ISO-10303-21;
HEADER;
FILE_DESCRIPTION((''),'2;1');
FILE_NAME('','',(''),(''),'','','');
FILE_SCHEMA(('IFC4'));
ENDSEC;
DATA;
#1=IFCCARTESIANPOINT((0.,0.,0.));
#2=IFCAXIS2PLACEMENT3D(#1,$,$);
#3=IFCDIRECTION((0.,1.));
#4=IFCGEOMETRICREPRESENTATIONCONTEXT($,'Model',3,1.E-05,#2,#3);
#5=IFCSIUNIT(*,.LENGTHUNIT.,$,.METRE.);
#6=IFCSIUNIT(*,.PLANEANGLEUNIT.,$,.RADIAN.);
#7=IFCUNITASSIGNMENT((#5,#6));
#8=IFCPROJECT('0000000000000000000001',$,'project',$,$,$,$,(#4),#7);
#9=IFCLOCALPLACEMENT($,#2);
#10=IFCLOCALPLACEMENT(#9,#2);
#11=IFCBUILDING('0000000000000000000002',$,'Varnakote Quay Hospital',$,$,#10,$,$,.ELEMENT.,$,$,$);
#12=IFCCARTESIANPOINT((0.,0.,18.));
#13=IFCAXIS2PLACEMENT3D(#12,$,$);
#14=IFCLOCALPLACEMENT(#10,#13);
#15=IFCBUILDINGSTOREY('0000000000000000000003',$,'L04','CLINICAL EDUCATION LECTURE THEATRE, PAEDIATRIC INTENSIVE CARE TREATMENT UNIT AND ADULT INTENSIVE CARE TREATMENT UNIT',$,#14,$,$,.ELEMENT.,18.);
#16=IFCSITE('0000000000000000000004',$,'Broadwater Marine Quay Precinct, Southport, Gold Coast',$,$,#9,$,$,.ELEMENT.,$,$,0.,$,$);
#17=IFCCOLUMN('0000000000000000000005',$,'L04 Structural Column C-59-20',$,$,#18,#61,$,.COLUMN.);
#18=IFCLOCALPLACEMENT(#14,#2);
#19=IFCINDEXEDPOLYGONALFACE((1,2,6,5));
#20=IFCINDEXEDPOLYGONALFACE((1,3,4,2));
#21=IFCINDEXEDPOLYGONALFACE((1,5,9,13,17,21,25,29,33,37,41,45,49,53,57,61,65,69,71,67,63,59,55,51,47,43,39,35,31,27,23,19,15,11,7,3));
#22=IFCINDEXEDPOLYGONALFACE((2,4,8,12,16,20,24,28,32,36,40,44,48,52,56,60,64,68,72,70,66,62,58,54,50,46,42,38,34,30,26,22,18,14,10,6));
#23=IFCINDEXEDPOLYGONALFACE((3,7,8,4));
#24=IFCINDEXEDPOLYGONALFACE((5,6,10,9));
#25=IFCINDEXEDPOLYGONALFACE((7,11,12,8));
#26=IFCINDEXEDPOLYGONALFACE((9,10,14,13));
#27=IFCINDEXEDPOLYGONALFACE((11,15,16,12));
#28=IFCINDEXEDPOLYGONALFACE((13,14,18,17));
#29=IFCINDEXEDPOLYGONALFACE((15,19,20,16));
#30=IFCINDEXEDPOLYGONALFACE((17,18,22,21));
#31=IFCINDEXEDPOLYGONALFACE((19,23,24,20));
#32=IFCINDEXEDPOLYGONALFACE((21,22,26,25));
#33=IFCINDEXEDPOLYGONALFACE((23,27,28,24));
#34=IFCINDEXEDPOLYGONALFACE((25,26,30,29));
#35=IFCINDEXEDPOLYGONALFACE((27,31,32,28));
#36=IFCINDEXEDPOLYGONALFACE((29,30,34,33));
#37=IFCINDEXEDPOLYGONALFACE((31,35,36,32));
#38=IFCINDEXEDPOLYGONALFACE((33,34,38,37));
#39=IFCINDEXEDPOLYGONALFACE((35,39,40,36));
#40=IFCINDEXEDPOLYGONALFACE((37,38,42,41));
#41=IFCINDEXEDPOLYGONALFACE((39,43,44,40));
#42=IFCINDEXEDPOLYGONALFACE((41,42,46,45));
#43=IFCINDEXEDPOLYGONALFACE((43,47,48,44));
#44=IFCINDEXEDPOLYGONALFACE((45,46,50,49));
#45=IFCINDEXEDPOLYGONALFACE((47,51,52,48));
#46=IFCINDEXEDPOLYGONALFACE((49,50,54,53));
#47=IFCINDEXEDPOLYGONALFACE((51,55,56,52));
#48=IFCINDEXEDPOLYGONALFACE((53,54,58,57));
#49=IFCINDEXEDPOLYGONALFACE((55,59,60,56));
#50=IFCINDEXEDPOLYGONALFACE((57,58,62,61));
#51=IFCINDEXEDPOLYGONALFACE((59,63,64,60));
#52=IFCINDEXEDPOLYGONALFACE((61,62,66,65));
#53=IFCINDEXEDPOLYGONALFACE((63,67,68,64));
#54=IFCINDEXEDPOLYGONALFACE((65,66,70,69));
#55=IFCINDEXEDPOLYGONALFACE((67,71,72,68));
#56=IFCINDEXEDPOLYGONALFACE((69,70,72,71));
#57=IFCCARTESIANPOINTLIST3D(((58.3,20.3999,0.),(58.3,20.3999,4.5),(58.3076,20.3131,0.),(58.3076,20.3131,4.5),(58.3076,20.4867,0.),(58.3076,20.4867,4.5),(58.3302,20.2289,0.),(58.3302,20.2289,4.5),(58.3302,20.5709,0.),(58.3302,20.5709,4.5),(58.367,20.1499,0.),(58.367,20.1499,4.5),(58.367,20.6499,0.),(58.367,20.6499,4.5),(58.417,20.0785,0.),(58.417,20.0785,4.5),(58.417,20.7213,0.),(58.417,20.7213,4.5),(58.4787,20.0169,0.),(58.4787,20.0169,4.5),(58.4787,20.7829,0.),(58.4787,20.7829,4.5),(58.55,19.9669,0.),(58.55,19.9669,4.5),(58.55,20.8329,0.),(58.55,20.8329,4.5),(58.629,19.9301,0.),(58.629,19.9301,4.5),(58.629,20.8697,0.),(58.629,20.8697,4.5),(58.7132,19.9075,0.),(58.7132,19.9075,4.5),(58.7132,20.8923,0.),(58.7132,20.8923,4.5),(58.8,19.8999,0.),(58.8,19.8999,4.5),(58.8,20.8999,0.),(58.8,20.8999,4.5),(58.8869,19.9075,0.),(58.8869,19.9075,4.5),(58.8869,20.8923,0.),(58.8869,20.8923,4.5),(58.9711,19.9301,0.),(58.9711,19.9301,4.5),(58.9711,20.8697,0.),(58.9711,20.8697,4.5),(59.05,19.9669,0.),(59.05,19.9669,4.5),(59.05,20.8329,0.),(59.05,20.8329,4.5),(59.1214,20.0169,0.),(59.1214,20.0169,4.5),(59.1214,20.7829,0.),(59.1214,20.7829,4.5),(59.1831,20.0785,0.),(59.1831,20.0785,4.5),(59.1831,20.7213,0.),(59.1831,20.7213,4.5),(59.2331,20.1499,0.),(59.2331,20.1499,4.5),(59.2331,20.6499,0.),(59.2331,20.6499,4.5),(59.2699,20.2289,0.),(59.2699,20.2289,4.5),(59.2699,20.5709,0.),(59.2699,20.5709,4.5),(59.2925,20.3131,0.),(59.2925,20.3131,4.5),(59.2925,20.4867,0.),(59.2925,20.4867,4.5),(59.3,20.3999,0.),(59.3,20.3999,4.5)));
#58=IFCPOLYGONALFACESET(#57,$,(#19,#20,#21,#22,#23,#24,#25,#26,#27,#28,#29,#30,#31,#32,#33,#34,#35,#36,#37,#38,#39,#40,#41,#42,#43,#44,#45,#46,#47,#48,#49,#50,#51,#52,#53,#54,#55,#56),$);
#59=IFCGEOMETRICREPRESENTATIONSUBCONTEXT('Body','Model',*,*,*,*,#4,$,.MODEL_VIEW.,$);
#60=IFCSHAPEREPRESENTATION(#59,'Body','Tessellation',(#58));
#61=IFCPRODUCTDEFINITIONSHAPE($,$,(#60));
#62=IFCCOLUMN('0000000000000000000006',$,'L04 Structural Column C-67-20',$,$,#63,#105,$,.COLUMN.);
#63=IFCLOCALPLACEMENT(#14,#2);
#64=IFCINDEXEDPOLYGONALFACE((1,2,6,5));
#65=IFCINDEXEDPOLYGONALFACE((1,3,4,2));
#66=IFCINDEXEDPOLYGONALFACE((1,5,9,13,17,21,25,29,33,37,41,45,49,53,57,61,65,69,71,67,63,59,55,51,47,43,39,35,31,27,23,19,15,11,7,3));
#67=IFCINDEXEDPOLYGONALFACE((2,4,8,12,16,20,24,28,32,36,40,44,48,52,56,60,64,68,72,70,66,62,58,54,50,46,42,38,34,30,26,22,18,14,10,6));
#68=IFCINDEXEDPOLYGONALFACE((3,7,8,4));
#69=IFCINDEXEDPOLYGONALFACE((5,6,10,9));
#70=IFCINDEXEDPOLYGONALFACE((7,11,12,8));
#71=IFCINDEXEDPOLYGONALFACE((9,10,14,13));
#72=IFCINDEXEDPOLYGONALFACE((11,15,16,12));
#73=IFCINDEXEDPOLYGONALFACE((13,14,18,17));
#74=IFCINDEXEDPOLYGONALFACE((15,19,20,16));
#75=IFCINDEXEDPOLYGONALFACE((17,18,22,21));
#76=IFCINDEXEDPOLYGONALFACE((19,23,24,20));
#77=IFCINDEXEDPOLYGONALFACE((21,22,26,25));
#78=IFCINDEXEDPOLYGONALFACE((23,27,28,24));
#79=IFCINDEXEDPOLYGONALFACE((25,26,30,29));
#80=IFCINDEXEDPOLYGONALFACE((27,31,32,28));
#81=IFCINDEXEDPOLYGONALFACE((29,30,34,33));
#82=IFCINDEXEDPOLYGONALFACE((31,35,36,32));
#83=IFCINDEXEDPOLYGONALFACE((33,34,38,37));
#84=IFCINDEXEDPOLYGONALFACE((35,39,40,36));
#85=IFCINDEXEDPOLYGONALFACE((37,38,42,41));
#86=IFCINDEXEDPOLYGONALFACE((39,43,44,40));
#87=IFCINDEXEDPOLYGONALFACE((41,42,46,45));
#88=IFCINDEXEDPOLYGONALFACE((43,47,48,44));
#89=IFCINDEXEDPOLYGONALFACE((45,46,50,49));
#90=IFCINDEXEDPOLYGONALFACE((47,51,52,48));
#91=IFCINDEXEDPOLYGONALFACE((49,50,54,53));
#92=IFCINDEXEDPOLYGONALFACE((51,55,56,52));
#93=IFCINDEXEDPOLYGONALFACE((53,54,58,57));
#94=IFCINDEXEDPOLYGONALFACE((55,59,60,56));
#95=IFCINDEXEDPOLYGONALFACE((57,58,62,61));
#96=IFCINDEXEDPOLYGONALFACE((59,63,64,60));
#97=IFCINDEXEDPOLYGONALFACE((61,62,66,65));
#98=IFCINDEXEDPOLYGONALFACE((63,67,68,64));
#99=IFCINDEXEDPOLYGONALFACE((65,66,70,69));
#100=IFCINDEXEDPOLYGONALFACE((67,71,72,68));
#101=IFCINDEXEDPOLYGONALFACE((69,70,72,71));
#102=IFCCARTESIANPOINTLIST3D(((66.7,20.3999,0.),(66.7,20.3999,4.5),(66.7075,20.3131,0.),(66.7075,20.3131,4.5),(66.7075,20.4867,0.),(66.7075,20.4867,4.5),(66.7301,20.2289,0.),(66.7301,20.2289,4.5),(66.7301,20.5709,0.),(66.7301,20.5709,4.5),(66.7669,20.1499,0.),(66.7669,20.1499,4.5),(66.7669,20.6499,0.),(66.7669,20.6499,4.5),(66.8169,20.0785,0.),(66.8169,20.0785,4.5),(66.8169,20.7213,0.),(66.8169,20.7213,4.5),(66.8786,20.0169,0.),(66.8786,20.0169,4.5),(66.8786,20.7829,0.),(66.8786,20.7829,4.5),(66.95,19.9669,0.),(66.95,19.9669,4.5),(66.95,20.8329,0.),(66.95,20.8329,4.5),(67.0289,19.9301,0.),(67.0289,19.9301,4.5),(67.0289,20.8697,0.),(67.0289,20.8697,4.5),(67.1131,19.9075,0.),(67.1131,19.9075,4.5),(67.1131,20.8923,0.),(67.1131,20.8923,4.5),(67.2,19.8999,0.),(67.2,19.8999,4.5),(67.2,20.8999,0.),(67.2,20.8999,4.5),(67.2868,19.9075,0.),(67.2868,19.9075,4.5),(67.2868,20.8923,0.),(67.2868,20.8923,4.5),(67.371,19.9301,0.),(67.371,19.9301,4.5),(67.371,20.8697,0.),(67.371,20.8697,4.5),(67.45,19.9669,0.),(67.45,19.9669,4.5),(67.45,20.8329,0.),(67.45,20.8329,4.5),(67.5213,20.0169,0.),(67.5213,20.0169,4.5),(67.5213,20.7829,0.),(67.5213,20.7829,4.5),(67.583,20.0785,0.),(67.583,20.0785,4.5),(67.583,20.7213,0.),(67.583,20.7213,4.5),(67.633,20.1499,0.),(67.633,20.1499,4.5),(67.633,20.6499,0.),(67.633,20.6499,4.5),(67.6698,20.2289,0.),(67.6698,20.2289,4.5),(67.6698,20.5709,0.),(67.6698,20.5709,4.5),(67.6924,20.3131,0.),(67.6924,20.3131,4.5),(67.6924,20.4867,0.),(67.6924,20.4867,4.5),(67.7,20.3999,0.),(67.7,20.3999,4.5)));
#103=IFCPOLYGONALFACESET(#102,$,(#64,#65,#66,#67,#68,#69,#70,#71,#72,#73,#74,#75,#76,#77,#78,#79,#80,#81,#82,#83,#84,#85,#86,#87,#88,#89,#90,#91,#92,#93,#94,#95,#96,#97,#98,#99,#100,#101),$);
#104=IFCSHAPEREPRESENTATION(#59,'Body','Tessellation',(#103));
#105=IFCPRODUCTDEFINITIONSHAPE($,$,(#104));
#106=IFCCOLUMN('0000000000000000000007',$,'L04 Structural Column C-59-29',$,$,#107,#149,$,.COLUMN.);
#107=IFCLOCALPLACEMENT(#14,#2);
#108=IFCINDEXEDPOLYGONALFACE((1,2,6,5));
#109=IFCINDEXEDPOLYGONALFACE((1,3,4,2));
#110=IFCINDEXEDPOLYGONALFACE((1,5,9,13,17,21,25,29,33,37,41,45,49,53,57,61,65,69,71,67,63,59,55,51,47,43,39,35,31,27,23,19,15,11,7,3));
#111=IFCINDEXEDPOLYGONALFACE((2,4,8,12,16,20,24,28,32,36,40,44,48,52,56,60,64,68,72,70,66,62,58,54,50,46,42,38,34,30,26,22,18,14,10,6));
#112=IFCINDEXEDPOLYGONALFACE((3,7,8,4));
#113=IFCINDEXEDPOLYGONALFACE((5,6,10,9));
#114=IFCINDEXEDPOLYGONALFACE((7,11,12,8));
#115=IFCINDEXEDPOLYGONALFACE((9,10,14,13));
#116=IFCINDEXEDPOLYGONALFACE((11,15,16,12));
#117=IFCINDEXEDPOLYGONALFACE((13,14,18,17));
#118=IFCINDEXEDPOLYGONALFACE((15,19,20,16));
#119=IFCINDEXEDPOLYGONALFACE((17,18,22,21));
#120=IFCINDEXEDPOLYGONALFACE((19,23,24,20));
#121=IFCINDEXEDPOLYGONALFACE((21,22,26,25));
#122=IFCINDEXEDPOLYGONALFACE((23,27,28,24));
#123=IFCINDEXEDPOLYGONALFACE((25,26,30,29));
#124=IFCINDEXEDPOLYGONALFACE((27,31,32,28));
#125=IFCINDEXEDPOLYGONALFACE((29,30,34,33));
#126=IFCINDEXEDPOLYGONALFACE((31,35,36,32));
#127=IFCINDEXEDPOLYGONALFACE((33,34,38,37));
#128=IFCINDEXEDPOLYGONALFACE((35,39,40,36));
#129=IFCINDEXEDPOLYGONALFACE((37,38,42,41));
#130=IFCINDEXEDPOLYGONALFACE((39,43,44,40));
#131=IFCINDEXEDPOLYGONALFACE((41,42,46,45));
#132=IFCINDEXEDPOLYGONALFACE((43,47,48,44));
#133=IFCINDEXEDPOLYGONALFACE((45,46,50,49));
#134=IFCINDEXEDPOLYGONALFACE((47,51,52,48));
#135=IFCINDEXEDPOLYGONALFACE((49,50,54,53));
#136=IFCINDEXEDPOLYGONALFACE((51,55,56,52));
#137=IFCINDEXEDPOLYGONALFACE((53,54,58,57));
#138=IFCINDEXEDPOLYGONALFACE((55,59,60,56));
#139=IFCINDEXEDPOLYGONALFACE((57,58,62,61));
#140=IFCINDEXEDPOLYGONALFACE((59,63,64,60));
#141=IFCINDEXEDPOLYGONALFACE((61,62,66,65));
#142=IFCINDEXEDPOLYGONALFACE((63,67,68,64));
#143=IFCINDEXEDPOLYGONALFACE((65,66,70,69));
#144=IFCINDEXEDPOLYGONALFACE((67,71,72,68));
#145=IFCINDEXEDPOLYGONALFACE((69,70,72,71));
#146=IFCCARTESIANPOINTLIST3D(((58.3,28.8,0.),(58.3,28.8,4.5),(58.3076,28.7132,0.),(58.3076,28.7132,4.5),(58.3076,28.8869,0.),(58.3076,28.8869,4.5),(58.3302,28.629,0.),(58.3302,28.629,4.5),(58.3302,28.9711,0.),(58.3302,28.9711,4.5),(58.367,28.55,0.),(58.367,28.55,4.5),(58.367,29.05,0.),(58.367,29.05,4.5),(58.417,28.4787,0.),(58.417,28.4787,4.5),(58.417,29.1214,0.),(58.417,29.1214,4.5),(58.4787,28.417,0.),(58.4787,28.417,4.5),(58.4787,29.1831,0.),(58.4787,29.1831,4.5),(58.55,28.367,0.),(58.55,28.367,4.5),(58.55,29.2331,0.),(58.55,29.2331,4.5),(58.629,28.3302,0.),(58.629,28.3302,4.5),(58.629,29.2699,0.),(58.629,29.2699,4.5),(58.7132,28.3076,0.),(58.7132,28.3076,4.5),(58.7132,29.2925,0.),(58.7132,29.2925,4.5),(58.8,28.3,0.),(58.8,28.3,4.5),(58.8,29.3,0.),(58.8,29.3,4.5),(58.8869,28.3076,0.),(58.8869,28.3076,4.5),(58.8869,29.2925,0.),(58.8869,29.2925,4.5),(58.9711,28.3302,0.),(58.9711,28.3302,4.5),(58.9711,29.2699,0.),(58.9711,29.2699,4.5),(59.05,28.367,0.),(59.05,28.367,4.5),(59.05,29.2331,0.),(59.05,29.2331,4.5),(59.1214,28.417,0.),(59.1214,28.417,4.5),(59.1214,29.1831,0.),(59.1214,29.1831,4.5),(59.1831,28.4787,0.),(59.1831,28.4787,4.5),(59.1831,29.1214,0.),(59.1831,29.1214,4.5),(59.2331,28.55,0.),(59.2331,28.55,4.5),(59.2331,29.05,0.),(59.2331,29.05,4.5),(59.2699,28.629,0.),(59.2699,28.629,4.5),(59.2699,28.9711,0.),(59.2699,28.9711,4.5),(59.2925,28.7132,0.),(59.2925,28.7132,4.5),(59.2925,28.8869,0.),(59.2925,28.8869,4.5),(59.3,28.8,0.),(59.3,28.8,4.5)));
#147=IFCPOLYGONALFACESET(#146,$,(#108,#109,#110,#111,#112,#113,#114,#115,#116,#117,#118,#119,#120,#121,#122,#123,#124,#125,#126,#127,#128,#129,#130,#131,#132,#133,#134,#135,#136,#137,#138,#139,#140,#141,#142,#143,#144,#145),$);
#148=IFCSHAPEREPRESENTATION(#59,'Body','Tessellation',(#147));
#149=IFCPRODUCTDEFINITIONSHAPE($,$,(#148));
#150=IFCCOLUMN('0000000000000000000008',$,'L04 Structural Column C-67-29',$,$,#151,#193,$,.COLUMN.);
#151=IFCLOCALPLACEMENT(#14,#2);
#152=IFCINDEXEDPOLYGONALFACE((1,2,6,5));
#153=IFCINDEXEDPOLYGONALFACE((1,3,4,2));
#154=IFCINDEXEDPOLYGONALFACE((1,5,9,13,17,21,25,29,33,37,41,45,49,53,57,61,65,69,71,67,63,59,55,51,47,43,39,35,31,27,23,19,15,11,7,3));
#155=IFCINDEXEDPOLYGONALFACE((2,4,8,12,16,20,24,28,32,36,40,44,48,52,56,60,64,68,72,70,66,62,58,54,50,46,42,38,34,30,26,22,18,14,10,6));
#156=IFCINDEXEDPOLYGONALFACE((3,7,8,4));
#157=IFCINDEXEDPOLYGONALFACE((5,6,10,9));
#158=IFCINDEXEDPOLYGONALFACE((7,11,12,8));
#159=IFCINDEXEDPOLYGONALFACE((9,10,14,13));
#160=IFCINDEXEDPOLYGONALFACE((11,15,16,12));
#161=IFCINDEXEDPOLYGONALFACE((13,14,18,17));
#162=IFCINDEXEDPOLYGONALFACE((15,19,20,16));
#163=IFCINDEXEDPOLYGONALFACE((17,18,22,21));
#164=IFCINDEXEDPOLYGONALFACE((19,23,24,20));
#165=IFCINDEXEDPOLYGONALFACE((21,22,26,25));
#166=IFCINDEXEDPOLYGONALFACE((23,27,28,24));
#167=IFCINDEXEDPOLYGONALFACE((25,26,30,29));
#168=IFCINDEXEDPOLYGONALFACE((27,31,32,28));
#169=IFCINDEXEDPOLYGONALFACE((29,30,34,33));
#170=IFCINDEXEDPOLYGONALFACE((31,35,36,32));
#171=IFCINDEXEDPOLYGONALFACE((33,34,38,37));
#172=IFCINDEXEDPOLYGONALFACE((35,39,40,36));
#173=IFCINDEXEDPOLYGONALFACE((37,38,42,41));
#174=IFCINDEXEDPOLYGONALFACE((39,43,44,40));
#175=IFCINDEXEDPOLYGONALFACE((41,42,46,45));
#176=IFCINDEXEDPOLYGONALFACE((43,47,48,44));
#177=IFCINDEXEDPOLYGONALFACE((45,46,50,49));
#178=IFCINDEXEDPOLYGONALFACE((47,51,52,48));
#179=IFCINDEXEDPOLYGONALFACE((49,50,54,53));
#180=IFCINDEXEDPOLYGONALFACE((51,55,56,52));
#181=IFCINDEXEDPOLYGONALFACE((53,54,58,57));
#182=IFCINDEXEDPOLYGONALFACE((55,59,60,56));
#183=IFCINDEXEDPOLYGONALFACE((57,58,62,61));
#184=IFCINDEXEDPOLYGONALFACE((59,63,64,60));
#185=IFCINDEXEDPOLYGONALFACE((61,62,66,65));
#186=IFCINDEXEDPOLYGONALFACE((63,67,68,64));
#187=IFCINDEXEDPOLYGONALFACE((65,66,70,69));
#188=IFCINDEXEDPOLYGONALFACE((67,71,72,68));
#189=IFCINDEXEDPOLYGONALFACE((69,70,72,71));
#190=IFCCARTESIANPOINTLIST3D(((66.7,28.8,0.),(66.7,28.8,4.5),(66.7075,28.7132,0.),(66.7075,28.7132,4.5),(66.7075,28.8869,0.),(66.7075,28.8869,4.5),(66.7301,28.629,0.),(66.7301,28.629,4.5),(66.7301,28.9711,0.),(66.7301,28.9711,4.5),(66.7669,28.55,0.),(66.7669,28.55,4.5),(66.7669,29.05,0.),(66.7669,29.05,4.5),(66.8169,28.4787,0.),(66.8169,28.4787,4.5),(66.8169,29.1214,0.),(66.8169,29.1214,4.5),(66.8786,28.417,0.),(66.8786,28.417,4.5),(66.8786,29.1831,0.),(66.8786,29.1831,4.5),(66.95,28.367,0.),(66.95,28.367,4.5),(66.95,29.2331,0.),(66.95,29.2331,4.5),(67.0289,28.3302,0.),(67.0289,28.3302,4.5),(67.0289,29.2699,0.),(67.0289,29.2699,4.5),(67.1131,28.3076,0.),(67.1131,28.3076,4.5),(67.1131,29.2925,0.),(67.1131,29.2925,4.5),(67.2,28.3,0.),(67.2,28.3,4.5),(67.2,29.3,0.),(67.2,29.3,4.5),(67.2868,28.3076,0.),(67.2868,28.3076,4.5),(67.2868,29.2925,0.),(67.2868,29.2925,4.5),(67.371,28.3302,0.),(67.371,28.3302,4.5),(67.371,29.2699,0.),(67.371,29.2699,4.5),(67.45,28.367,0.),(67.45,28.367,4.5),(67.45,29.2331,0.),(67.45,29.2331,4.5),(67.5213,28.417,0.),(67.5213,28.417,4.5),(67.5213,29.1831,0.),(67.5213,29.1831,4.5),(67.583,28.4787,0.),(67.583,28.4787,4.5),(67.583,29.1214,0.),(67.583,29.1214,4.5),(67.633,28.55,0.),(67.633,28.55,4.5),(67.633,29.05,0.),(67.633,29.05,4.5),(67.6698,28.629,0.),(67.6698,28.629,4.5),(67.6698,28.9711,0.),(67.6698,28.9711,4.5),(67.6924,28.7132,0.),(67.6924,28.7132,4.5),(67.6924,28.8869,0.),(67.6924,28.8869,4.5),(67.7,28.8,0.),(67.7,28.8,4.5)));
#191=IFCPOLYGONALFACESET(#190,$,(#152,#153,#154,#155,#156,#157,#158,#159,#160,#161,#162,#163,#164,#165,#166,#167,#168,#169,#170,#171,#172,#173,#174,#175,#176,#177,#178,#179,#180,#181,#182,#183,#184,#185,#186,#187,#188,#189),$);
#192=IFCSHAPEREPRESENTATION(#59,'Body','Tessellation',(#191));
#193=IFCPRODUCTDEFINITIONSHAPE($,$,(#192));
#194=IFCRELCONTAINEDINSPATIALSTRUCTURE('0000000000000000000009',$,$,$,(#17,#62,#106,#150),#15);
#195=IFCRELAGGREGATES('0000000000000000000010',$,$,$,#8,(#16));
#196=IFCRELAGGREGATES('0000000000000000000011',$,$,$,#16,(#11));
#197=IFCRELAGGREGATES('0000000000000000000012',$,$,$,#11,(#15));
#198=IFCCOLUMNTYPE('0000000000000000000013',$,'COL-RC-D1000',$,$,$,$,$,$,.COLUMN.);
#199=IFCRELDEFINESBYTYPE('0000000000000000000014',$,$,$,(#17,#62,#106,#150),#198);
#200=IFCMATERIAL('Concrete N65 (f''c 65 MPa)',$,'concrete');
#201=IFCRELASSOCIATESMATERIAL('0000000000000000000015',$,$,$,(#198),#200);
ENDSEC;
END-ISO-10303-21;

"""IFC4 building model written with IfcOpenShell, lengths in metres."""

from ifc_helpers import new_model, si_unit, direction, frame, origin, origin_2d, place, context, subcontext, project, spatial, circle, extrude, material, material_profile, profile_set, type_object, element, save


model = new_model("IFC4")

# Units and contexts
model_context = context("Model", 3, precision=1e-05, world=origin(), true_north=direction((0.0, 1.0)))
body_context = subcontext(model_context, "Body", "Model", "MODEL_VIEW")
ifc_project = project(units=[si_unit("LENGTHUNIT", "METRE"), si_unit("PLANEANGLEUNIT", "RADIAN")], contexts=[model_context])

# Site, building, storey
site_placement = place(None, origin())
site = spatial("IfcSite", under=ifc_project, at=site_placement, Name="Broadwater Marine Quay Precinct, Southport, Gold Coast", CompositionType="ELEMENT", RefElevation=0.0)
building_placement = place(site_placement, origin())
building = spatial("IfcBuilding", under=site, at=building_placement, Name="Varnakote Quay Hospital", CompositionType="ELEMENT")
storey_placement = place(building_placement, frame((0.0, 0.0, 18.0)))
storey = spatial("IfcBuildingStorey", under=building, at=storey_placement, Name="L04", Description="CLINICAL EDUCATION LECTURE THEATRE, PAEDIATRIC INTENSIVE CARE TREATMENT UNIT AND ADULT INTENSIVE CARE TREATMENT UNIT", CompositionType="ELEMENT", Elevation=18.0)

# Columns
ifc_material_1 = material(Name="Concrete N65 (f'c 65 MPa)", Category="concrete")
ifc_material_profile_1 = material_profile(ifc_material_1, circle(Radius=0.5, at=origin_2d()), Name="RC-COL-D1000")
ifc_profile_set_1 = profile_set([ifc_material_profile_1], Name="Concrete N65 (f'c 65 MPa)")
column_type = type_object("IfcColumnType", Name="COL-RC-D1000", PredefinedType="COLUMN", material=ifc_profile_set_1)
for number, where, z_axis, x_axis, name in (
    (1, (58.8, 20.3999, 0.0), (0.0, 0.0, 1.0), (1.0, 0.0, 0.0), "L04 Structural Column C-59-20"),
    (2, (67.2, 20.3999, 0.0), (0.0, 0.0, 1.0), (1.0, 0.0, 0.0), "L04 Structural Column C-67-20"),
    (3, (58.8, 28.8, 0.0), (0.0, 0.0, 1.0), (1.0, 0.0, 0.0), "L04 Structural Column C-59-29"),
    (4, (67.2, 28.8, 0.0), (0.0, 0.0, 1.0), (1.0, 0.0, 0.0), "L04 Structural Column C-67-29"),
):
    element("IfcColumn", number, at=place(storey_placement, frame(where, z_axis=z_axis, x_axis=x_axis)), inside=storey, type_object=column_type, Name=name, PredefinedType="COLUMN", context=body_context, shape_type="SweptSolid", body=[
        extrude(circle(Radius=0.5, at=origin_2d()), origin(), (0.0, 0.0, 1.0), 4.5),
    ])

save(model, "model.ifc")
